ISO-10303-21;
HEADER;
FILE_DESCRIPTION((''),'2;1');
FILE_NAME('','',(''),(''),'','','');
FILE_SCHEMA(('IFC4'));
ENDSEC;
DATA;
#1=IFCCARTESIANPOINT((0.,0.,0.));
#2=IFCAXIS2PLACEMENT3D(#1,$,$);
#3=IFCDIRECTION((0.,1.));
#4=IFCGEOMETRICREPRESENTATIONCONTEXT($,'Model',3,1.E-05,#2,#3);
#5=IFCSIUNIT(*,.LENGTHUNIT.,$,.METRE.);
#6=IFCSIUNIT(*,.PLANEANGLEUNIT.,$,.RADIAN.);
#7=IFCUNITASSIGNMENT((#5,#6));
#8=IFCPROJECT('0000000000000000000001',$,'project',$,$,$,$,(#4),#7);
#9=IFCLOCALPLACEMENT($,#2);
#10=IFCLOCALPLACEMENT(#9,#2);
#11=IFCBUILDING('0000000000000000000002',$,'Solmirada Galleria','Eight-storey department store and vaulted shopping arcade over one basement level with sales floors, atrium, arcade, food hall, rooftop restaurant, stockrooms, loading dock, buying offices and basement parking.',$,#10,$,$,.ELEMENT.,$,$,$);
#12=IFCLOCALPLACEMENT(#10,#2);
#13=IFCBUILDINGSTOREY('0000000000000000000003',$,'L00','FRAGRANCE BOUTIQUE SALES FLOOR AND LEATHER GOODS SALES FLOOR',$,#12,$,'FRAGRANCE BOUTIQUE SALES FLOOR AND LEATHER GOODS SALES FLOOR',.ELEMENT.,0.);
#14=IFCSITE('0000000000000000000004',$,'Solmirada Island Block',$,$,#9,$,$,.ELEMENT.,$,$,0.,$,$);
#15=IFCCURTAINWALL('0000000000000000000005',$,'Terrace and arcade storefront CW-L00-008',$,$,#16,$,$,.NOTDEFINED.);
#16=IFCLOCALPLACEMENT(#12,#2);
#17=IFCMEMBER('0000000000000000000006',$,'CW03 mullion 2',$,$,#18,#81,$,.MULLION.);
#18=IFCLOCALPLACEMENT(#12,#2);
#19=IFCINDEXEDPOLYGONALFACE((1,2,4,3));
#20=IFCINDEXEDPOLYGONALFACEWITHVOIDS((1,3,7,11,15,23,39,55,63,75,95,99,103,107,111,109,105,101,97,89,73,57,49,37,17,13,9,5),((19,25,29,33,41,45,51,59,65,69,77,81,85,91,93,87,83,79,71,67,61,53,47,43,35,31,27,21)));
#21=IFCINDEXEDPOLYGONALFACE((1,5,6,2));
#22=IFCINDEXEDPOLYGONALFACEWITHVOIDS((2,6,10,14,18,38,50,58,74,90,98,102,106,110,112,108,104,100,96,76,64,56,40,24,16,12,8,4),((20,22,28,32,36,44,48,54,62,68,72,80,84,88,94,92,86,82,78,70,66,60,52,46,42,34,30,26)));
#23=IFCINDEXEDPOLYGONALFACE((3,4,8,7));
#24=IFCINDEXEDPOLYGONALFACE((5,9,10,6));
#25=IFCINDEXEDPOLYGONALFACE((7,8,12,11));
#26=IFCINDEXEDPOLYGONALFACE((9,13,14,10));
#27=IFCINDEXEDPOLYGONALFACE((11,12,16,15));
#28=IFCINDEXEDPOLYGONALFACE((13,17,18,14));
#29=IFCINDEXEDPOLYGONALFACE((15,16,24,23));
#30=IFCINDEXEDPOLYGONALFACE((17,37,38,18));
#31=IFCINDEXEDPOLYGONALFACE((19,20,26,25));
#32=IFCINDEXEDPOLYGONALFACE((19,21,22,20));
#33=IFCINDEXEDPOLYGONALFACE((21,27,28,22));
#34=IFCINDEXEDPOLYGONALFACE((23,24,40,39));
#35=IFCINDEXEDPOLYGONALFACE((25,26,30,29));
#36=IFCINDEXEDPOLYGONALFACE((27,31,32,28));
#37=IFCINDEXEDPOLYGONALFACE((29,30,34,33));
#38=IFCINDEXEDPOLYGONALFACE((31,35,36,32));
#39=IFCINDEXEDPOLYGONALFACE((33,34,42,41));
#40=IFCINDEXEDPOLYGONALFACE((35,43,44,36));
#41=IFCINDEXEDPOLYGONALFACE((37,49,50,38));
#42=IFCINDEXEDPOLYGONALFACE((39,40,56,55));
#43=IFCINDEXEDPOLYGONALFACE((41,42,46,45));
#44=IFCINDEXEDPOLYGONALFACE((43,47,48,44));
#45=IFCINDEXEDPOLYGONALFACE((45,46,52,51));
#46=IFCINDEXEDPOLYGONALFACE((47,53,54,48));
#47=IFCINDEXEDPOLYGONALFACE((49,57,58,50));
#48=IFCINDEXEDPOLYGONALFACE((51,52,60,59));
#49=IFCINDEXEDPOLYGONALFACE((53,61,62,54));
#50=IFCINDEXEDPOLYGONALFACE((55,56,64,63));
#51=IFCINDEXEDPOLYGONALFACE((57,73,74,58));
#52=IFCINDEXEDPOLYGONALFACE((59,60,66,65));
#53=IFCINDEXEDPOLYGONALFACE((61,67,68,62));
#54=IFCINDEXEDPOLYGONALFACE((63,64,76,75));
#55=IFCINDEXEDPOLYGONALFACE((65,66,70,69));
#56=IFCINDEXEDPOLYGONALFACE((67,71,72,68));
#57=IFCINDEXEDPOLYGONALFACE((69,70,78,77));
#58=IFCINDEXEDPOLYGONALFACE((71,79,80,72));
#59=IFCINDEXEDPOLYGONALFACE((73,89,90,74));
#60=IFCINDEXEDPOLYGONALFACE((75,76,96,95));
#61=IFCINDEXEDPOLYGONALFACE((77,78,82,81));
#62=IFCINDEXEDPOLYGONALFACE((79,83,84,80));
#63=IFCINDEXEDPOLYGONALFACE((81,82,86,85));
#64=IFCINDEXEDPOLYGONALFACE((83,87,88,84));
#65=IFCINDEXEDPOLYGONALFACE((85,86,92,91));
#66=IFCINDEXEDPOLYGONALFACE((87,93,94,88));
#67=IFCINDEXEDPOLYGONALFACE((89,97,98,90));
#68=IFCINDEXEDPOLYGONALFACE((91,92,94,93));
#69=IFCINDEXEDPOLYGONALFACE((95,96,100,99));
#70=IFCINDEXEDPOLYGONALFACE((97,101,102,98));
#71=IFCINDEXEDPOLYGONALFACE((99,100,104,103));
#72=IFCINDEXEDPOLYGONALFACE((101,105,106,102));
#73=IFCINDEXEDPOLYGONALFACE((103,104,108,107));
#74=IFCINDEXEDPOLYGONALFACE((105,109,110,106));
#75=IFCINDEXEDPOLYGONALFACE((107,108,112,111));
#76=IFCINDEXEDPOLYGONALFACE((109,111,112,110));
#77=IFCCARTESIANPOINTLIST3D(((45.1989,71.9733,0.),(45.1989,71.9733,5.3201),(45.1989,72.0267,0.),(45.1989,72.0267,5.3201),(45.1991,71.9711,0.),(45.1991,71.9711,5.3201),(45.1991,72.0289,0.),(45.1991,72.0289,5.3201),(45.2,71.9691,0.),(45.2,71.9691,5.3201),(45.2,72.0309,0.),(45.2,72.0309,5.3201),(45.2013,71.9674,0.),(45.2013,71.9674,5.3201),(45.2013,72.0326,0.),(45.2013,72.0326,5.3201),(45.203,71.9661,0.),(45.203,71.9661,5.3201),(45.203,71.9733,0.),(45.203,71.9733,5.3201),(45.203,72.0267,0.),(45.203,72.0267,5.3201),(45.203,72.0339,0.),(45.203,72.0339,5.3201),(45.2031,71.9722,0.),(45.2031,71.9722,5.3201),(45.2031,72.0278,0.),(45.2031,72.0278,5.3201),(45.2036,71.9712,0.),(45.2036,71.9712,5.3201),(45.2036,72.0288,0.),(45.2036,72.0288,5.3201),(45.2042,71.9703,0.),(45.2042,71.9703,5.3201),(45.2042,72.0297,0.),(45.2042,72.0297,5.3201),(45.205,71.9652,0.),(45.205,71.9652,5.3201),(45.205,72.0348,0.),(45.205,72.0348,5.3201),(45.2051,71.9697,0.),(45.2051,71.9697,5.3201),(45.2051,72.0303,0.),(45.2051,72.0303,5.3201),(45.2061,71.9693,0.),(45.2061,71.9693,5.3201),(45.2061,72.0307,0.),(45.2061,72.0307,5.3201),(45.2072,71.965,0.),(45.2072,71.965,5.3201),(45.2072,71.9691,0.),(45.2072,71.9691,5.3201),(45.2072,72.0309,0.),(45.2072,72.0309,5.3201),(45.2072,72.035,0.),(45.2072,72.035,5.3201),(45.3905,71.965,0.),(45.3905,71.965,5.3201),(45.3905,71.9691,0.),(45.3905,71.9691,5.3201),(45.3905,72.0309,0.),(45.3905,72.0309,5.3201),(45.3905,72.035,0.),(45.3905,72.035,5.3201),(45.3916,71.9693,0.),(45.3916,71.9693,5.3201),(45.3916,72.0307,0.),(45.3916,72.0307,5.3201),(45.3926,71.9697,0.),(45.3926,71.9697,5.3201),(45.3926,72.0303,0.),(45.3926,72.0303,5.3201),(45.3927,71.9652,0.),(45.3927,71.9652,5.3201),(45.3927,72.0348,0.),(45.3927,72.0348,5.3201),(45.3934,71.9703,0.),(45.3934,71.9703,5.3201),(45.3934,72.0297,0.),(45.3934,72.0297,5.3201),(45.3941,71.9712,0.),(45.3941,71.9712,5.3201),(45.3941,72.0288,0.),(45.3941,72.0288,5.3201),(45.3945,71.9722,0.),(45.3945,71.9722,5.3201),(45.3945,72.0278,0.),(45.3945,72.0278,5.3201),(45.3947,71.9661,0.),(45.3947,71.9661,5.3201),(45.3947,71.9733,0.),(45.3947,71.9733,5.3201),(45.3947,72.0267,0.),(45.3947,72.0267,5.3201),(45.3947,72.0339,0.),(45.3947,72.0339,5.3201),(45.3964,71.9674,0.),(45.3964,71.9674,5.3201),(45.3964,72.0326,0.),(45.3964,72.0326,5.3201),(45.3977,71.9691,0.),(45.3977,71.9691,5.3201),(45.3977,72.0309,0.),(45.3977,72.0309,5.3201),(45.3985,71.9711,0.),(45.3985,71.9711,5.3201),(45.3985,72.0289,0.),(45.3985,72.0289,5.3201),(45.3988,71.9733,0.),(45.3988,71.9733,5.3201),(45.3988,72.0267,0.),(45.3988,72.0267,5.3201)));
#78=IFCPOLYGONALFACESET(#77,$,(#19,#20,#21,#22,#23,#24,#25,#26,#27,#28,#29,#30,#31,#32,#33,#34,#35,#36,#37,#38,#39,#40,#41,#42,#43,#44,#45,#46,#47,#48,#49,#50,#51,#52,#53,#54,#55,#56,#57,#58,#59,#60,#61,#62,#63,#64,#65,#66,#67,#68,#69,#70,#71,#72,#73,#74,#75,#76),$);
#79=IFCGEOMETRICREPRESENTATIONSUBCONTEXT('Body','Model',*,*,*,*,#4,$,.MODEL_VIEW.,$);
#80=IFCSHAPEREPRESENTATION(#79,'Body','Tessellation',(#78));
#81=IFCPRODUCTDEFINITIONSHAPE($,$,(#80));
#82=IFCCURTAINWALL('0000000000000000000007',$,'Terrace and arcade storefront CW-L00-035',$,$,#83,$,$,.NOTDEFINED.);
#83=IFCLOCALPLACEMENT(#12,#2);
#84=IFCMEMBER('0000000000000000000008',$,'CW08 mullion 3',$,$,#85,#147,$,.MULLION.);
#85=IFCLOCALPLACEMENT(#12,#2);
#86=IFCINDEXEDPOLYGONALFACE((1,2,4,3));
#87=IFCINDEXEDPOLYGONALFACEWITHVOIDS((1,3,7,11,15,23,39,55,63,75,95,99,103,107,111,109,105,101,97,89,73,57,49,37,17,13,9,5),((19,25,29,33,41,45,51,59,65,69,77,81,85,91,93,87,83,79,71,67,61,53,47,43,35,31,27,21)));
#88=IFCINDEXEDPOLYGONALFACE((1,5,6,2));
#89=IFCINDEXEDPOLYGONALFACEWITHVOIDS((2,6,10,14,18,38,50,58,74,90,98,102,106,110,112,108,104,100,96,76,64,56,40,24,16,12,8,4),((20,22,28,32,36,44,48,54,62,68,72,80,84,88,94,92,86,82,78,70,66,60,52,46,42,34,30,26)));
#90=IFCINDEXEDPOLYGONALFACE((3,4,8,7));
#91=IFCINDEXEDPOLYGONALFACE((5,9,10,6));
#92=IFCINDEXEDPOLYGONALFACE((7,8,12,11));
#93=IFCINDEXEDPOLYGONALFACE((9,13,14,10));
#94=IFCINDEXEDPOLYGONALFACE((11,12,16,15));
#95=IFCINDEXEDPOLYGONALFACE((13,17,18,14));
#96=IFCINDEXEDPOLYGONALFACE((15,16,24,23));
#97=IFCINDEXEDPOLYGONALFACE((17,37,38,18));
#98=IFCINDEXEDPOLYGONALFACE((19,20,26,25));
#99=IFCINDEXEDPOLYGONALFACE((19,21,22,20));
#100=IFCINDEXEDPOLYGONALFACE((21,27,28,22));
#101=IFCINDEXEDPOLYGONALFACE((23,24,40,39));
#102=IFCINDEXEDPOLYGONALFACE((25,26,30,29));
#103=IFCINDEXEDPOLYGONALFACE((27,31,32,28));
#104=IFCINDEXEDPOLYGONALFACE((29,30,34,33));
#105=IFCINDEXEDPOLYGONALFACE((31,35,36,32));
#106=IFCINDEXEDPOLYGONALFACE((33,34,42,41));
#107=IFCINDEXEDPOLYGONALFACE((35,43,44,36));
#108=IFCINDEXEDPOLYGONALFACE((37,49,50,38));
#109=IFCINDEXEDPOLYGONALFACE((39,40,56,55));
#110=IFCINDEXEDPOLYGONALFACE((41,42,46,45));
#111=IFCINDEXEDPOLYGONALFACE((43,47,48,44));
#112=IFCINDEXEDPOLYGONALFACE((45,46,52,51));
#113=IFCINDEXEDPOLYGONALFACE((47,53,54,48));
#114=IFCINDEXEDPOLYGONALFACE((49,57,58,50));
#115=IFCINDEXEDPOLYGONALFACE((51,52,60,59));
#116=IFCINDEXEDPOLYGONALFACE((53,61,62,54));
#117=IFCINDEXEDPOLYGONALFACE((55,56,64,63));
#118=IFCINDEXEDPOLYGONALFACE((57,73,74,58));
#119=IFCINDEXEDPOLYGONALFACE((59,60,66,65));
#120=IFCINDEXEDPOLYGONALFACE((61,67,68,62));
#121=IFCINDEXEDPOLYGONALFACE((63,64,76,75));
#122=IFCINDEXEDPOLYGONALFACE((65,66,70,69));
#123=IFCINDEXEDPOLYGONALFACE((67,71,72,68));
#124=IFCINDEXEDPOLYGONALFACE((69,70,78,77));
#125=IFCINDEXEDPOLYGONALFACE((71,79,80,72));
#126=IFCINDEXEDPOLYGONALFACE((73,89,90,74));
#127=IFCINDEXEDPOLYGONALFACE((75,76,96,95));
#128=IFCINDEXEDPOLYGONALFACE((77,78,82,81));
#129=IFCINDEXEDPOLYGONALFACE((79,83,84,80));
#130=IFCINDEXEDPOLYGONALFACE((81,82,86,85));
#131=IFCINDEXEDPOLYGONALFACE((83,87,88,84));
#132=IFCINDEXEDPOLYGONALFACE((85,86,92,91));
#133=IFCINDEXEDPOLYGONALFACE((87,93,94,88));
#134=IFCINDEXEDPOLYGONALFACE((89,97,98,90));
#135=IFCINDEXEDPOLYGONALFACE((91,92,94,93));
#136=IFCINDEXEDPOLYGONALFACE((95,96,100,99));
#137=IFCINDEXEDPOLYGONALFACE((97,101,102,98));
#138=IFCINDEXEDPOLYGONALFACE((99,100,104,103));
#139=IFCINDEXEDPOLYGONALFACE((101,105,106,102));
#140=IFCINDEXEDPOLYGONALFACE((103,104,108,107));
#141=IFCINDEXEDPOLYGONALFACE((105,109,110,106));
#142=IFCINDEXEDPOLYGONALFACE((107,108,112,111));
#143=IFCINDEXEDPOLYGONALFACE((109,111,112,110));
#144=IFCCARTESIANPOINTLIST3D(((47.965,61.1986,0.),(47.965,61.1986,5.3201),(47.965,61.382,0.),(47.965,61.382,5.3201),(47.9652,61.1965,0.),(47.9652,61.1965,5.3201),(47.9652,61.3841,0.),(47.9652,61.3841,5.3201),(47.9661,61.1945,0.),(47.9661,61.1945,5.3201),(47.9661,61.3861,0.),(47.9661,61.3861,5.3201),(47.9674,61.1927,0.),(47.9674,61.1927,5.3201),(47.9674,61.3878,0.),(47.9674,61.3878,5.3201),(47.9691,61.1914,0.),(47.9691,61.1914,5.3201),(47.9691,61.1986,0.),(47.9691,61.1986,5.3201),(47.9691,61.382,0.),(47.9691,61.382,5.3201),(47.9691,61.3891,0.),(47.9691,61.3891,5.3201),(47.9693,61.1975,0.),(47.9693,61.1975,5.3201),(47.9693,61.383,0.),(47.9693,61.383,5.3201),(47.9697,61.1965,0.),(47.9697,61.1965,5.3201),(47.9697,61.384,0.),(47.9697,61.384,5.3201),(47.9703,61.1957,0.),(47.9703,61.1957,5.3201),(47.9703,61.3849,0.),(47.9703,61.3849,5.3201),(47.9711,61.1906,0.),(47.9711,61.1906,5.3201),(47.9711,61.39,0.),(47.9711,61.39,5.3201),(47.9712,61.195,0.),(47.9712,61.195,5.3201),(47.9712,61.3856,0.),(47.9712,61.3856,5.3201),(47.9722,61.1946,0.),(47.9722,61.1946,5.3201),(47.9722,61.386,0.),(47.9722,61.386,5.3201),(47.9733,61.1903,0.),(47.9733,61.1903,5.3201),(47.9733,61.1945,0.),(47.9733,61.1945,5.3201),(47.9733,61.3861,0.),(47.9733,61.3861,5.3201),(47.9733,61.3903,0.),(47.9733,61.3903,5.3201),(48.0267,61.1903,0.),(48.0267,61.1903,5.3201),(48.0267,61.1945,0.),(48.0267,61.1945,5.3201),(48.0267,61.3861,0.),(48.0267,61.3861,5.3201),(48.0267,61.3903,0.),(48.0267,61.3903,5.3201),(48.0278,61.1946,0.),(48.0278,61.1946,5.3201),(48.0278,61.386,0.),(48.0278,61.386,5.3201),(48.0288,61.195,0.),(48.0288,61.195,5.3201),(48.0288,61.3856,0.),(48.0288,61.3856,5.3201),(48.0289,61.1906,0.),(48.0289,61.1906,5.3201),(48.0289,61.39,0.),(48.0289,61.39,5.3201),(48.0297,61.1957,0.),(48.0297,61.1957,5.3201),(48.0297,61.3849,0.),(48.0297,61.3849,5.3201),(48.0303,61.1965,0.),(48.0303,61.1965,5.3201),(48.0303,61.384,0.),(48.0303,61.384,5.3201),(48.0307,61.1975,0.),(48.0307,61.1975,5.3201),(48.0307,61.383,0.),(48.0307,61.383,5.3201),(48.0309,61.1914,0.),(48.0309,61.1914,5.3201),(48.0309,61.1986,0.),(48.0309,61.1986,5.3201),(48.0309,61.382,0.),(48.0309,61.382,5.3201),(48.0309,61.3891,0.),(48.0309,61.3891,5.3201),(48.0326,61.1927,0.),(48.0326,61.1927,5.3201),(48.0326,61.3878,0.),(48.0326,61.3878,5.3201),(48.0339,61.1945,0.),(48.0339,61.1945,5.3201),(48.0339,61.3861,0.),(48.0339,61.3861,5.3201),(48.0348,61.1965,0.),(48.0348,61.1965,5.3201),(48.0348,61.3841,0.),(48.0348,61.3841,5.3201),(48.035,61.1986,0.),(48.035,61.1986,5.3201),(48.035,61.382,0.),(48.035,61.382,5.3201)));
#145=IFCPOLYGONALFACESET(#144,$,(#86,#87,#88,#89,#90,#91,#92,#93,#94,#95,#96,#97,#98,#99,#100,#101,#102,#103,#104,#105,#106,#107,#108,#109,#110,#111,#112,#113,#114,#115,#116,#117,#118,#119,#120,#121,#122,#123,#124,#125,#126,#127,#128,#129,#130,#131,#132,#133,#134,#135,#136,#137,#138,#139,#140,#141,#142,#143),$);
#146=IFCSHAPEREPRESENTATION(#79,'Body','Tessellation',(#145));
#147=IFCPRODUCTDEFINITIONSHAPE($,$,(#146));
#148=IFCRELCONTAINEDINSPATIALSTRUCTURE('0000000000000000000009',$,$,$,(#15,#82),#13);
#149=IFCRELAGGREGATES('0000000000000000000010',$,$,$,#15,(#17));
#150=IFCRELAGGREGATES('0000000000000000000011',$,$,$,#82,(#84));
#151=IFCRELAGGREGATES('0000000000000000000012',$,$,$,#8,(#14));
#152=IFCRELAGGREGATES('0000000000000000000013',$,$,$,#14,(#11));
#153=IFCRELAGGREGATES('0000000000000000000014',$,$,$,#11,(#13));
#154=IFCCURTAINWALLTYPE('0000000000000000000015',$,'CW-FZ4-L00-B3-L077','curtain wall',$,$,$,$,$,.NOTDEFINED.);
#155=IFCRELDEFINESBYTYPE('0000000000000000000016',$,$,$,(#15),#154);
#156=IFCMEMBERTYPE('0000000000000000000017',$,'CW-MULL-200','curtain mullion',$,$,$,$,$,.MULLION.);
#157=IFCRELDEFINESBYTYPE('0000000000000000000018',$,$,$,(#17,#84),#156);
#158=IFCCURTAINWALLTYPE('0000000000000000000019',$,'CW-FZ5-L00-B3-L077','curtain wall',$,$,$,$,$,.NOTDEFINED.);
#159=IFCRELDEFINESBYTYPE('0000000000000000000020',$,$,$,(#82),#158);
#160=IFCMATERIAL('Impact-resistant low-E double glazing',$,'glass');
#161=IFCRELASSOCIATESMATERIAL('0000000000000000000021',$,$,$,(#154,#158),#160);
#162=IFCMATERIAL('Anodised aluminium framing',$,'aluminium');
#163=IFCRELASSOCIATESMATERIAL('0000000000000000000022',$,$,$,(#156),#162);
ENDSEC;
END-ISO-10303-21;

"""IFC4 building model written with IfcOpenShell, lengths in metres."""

from ifc_helpers import new_model, si_unit, direction, frame, origin, origin_2d, place, context, subcontext, project, spatial, hollow_rectangle, extrude, material, material_profile, profile_set, type_object, element, aggregate, save


model = new_model("IFC4")

# Units and contexts
model_context = context("Model", 3, precision=1e-05, world=origin(), true_north=direction((0.0, 1.0)))
body_context = subcontext(model_context, "Body", "Model", "MODEL_VIEW")
ifc_project = project(units=[si_unit("LENGTHUNIT", "METRE"), si_unit("PLANEANGLEUNIT", "RADIAN")], contexts=[model_context])

# Site, building, storey
site_placement = place(None, origin())
site = spatial("IfcSite", under=ifc_project, at=site_placement, Name="Solmirada Island Block", CompositionType="ELEMENT", RefElevation=0.0)
building_placement = place(site_placement, origin())
building = spatial("IfcBuilding", under=site, at=building_placement, Name="Solmirada Galleria", Description="Eight-storey department store and vaulted shopping arcade over one basement level with sales floors, atrium, arcade, food hall, rooftop restaurant, stockrooms, loading dock, buying offices and basement parking.", CompositionType="ELEMENT")
storey_placement = place(building_placement, origin())
storey = spatial("IfcBuildingStorey", under=building, at=storey_placement, Name="L00", Description="FRAGRANCE BOUTIQUE SALES FLOOR AND LEATHER GOODS SALES FLOOR", LongName="FRAGRANCE BOUTIQUE SALES FLOOR AND LEATHER GOODS SALES FLOOR", CompositionType="ELEMENT", Elevation=0.0)

# Shared definitions
ifc_material_1 = material(Name="Impact-resistant low-E double glazing", Category="glass")
curtain_wall_type_1 = type_object("IfcCurtainWallType", Name="CW-FZ4-L00-B3-L077", Description="curtain wall", PredefinedType="NOTDEFINED", material=ifc_material_1)
ifc_material_2 = material(Name="Anodised aluminium framing", Category="aluminium")
ifc_material_profile_1 = material_profile(ifc_material_2, hollow_rectangle(XDim=0.0701, YDim=0.2, WallThickness=0.0042, InnerFilletRadius=0.0042, OuterFilletRadius=0.0083, at=origin_2d()), Name="ALU-MULL-200X70")
ifc_profile_set_1 = profile_set([ifc_material_profile_1], Name="Anodised aluminium framing")
member_type_1 = type_object("IfcMemberType", Name="CW-MULL-200", Description="curtain mullion", PredefinedType="MULLION", material=ifc_profile_set_1)

# Curtain walls, members
curtain_wall_1_placement = place(storey_placement, origin())
curtain_wall_1 = element("IfcCurtainWall", 1, at=curtain_wall_1_placement, inside=storey, type_object=curtain_wall_type_1, Name="Terrace and arcade storefront CW-L00-008", PredefinedType="NOTDEFINED")
member_1_placement = place(storey_placement, frame((45.2988, 72.0, 0.0), z_axis=(0.0, 0.0, 1.0), x_axis=(0.0, -1.0, 0.0)))
member_1 = element("IfcMember", 2, at=member_1_placement, type_object=member_type_1, Name="CW03 mullion 2", PredefinedType="MULLION", context=body_context, shape_type="SweptSolid", body=[
    extrude(hollow_rectangle(XDim=0.0701, YDim=0.2, WallThickness=0.0042, InnerFilletRadius=0.0042, OuterFilletRadius=0.0083, at=origin_2d()), origin(), (0.0, 0.0, 1.0), 5.3201),
])
curtain_wall_type_2 = type_object("IfcCurtainWallType", Name="CW-FZ5-L00-B3-L077", Description="curtain wall", PredefinedType="NOTDEFINED", material=ifc_material_1)
curtain_wall_2_placement = place(storey_placement, origin())
curtain_wall_2 = element("IfcCurtainWall", 3, at=curtain_wall_2_placement, inside=storey, type_object=curtain_wall_type_2, Name="Terrace and arcade storefront CW-L00-035", PredefinedType="NOTDEFINED")
member_2_placement = place(storey_placement, frame((48.0, 61.2903, 0.0), z_axis=(0.0, 0.0, 1.0), x_axis=(-1.0, 0.0, 0.0)))
member_2 = element("IfcMember", 4, at=member_2_placement, type_object=member_type_1, Name="CW08 mullion 3", PredefinedType="MULLION", context=body_context, shape_type="SweptSolid", body=[
    extrude(hollow_rectangle(XDim=0.0701, YDim=0.2, WallThickness=0.0042, InnerFilletRadius=0.0042, OuterFilletRadius=0.0083, at=origin_2d()), origin(), (0.0, 0.0, 1.0), 5.3201),
])

aggregate(curtain_wall_1, [member_1])
aggregate(curtain_wall_2, [member_2])

save(model, "model.ifc")
